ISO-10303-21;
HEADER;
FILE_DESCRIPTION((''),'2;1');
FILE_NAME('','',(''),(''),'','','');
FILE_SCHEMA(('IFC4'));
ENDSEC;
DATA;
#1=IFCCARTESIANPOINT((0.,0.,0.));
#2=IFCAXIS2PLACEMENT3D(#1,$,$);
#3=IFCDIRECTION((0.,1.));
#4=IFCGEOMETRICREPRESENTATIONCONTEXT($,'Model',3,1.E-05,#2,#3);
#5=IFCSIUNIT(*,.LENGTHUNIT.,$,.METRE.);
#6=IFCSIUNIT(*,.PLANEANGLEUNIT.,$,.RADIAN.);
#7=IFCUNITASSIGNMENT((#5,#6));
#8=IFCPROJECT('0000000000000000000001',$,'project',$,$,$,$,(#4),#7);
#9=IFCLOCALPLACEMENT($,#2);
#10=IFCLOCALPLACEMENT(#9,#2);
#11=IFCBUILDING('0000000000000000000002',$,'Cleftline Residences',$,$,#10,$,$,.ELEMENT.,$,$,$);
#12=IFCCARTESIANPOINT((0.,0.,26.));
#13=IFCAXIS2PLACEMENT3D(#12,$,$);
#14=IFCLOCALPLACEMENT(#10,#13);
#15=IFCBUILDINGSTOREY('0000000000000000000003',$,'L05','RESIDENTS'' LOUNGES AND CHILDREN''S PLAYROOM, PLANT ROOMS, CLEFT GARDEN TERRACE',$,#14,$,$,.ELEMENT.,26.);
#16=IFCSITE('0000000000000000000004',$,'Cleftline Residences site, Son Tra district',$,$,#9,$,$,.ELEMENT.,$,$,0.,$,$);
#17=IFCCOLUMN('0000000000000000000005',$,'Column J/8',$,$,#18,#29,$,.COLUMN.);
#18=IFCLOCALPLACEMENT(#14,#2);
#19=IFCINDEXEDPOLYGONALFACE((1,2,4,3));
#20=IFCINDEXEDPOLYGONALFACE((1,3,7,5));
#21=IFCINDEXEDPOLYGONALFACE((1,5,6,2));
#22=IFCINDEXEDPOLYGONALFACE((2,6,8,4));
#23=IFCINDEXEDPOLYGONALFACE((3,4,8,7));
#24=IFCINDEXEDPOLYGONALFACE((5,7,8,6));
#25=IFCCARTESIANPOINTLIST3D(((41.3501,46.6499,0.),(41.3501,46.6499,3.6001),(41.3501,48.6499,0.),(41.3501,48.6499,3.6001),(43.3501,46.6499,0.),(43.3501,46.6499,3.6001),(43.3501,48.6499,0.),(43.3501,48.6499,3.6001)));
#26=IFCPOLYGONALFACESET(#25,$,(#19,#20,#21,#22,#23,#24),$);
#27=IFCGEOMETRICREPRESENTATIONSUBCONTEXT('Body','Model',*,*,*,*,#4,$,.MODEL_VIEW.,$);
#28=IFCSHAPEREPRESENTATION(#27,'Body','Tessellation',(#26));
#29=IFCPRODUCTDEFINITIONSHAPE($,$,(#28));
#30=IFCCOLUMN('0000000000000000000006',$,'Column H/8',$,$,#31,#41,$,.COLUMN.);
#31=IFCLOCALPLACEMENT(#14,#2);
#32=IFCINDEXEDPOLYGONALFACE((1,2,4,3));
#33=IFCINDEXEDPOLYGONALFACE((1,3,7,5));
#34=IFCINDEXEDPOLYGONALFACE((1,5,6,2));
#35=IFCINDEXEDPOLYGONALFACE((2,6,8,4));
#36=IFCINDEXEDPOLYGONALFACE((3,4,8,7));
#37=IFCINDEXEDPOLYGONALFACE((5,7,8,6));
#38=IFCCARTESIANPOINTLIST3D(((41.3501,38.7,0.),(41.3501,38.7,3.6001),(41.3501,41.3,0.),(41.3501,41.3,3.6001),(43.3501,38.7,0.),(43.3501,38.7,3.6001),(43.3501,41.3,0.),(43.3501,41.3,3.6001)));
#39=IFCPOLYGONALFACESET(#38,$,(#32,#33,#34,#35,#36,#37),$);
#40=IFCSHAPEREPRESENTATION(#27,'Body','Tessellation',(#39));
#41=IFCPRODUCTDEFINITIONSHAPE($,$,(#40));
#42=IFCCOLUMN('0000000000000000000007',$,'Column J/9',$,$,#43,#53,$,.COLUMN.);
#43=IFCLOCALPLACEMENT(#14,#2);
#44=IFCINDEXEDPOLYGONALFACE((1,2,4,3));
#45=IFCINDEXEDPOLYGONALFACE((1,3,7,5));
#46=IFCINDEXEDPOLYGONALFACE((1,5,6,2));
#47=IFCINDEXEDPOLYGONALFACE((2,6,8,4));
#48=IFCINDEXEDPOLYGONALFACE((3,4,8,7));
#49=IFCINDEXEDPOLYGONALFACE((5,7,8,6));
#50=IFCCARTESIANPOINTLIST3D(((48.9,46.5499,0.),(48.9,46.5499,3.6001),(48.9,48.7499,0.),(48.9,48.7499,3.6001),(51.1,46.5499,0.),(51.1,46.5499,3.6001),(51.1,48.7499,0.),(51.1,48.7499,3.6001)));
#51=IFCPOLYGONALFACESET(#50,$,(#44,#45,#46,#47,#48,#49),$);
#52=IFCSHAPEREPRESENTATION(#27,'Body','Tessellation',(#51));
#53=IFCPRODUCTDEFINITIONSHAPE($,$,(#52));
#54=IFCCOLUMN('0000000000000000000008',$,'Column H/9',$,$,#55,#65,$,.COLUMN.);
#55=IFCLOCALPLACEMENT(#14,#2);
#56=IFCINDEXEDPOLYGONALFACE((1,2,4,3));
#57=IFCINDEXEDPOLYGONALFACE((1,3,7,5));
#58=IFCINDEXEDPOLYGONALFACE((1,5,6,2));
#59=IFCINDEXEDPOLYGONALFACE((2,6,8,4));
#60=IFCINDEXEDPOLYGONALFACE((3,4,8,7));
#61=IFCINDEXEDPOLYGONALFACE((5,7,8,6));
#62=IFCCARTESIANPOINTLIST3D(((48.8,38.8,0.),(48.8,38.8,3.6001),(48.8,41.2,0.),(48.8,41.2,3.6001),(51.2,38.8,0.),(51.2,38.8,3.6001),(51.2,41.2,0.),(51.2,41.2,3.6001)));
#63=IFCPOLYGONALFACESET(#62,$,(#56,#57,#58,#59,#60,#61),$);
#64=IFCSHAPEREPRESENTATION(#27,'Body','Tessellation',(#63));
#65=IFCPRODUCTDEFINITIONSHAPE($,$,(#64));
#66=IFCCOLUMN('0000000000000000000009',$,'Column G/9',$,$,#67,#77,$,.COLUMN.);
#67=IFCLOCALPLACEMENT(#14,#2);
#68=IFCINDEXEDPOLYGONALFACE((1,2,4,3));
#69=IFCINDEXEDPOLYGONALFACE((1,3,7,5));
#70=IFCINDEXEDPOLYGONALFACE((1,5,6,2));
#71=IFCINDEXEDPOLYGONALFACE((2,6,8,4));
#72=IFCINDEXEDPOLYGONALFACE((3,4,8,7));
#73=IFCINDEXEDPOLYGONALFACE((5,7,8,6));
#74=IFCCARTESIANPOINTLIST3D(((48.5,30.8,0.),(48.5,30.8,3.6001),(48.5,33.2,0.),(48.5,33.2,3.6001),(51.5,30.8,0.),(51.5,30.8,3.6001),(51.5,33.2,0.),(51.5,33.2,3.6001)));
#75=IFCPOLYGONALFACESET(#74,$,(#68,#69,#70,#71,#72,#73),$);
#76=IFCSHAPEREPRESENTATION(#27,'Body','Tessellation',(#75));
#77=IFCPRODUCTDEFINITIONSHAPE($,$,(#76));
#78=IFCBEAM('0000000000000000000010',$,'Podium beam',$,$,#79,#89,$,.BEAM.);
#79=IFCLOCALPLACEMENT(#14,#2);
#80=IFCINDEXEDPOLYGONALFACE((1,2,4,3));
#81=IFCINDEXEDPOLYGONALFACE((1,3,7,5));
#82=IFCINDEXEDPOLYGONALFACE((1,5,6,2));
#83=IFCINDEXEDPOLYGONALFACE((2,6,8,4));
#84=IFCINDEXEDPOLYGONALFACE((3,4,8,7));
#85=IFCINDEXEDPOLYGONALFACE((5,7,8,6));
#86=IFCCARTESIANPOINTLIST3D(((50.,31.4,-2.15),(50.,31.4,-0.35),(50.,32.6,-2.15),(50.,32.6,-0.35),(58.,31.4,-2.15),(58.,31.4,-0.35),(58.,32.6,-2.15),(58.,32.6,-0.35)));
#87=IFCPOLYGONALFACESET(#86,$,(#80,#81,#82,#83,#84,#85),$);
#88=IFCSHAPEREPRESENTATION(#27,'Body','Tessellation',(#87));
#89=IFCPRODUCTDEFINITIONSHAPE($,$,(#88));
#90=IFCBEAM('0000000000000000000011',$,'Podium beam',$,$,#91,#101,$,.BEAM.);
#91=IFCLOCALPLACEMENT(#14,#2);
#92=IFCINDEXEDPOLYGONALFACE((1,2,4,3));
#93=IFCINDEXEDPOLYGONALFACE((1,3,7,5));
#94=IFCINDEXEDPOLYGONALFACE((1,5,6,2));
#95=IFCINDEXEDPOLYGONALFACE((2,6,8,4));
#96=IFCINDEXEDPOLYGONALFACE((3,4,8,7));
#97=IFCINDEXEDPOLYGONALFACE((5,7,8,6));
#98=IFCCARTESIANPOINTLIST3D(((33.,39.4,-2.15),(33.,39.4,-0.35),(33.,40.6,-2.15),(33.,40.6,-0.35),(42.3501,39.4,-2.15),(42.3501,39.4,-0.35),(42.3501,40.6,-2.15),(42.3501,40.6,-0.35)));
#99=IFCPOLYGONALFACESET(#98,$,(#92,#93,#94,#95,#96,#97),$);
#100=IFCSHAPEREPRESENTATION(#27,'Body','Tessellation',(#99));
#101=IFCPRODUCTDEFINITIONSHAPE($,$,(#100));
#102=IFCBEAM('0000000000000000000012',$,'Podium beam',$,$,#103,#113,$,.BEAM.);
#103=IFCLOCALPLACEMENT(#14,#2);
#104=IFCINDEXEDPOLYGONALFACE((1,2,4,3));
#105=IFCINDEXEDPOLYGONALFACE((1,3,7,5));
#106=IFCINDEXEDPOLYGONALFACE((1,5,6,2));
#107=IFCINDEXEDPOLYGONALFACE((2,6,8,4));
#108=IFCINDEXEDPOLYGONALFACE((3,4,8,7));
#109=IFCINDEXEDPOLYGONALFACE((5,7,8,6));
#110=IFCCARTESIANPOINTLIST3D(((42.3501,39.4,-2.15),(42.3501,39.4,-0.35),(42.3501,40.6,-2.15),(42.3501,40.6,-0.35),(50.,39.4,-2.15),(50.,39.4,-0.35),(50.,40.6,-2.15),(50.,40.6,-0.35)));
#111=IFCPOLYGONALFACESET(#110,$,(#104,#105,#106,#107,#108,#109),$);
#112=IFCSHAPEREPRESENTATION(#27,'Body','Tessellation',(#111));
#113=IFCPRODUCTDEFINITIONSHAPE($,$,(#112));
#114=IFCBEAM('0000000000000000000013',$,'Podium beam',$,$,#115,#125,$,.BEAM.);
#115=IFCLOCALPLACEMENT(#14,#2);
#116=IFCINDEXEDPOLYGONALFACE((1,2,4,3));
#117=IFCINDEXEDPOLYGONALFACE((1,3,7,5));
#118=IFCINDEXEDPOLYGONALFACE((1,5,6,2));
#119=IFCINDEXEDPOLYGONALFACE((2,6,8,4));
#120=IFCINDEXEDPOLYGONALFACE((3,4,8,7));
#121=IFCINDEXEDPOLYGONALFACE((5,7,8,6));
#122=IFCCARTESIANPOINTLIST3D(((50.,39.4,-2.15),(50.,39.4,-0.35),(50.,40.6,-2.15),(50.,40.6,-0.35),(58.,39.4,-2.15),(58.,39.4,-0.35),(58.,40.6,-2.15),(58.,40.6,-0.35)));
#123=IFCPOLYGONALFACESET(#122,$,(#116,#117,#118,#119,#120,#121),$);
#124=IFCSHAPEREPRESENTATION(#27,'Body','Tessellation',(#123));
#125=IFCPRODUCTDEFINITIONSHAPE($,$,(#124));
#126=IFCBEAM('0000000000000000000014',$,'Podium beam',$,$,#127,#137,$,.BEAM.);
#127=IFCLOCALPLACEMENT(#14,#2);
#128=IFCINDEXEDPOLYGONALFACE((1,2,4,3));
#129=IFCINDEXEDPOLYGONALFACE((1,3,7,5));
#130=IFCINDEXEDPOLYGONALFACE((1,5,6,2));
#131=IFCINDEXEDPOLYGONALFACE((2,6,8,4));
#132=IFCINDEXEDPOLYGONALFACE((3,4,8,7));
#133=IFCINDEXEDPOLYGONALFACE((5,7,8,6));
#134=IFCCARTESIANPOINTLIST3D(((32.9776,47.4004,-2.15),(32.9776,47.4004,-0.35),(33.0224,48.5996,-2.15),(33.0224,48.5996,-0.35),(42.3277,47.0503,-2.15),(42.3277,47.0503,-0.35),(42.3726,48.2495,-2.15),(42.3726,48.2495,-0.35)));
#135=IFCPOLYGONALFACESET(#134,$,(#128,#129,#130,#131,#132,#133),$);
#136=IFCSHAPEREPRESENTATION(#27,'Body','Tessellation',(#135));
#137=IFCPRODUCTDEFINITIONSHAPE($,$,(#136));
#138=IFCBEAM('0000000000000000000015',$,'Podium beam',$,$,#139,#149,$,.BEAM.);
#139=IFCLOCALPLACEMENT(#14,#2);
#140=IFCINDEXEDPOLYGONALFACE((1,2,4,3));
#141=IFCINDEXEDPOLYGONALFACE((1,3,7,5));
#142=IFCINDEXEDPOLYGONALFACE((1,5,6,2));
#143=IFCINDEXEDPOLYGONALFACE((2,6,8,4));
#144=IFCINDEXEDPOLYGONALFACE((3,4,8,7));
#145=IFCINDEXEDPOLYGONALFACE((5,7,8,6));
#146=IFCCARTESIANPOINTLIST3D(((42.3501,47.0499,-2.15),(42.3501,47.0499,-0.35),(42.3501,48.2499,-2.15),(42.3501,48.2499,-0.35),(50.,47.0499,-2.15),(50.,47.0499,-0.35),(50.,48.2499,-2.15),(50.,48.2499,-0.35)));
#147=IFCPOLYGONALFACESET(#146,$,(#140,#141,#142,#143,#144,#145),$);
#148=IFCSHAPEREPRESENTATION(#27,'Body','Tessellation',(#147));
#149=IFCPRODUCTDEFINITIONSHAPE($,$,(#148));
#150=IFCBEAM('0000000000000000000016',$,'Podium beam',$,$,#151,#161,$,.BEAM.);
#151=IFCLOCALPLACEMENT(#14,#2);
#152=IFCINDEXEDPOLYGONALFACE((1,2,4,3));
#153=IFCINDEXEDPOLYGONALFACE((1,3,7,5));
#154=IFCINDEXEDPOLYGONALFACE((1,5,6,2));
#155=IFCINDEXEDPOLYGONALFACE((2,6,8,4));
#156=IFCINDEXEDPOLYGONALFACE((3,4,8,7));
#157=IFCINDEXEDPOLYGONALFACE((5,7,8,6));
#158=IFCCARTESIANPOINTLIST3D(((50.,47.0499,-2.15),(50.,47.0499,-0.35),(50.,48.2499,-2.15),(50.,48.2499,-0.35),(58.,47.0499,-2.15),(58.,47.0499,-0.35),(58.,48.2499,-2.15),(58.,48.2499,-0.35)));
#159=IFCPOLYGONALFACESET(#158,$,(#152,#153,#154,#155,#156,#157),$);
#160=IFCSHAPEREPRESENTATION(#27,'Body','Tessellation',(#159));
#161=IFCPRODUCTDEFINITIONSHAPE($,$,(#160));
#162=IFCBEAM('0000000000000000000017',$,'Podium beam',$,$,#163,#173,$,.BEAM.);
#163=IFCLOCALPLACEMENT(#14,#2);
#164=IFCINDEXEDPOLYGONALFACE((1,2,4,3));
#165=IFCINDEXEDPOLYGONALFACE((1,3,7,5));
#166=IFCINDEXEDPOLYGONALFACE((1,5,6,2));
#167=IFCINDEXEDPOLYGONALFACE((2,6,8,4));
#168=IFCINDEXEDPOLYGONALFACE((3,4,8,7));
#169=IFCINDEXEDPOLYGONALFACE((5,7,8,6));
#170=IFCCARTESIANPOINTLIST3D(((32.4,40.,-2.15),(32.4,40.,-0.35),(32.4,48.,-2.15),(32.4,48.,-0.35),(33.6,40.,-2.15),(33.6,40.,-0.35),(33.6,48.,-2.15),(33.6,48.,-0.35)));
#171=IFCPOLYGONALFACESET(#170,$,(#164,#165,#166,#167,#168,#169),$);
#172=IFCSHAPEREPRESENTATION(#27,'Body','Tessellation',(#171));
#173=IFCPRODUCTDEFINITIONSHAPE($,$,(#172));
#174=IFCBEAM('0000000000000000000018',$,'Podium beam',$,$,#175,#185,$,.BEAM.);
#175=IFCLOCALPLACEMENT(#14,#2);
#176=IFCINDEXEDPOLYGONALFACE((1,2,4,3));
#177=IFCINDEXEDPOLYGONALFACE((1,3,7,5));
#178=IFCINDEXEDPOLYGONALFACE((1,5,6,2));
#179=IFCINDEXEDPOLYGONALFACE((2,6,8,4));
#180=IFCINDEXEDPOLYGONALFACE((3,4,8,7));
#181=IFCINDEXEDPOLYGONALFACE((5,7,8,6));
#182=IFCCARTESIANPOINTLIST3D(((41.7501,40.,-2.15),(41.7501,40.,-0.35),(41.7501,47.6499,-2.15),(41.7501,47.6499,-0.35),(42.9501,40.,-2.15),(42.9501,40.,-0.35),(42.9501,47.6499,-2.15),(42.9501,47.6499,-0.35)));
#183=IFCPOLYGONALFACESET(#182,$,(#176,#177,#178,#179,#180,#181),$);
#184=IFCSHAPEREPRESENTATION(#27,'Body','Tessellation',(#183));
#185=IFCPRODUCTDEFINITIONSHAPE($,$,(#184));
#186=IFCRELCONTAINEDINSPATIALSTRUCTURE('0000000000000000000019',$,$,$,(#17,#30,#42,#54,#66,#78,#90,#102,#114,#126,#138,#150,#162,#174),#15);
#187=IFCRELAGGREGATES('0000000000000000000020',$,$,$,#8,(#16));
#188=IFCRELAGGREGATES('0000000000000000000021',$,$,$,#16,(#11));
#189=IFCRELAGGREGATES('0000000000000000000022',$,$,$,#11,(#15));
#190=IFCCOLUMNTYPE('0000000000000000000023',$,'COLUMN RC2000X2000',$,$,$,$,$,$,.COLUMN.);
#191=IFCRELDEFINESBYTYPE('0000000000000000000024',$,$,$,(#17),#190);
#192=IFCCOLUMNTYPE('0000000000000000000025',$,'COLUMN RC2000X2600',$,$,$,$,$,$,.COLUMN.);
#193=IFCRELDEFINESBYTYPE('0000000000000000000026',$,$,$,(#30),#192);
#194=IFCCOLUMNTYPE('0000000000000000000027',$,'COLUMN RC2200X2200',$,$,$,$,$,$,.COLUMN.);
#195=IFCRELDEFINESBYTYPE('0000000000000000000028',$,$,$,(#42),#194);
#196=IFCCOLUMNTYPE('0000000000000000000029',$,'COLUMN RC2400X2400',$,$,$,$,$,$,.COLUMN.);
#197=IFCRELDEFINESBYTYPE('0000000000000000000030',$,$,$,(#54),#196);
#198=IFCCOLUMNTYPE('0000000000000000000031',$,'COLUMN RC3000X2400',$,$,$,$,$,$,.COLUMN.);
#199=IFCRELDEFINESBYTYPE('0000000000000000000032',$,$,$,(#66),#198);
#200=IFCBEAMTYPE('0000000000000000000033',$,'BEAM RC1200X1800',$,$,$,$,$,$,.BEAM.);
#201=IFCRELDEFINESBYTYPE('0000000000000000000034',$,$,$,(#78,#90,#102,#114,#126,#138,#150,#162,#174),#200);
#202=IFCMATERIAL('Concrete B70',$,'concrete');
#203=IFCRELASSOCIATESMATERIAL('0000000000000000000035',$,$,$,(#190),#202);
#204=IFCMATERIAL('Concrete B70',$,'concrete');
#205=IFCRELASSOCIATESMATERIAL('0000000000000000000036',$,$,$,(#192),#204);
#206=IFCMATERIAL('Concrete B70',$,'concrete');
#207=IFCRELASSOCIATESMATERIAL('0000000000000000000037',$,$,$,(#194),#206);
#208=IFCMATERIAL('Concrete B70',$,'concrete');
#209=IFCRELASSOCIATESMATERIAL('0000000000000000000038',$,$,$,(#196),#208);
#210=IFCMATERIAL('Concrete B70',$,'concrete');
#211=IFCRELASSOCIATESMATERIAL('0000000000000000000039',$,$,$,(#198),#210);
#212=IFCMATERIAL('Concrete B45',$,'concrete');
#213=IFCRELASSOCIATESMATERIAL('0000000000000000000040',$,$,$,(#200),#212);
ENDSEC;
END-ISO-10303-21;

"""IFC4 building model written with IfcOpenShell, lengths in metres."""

from ifc_helpers import new_model, si_unit, direction, frame, origin, origin_2d, place, context, subcontext, project, spatial, rectangle, extrude, material, material_profile, profile_set, type_object, element, save


model = new_model("IFC4")

# Units and contexts
model_context = context("Model", 3, precision=1e-05, world=origin(), true_north=direction((0.0, 1.0)))
body_context = subcontext(model_context, "Body", "Model", "MODEL_VIEW")
ifc_project = project(units=[si_unit("LENGTHUNIT", "METRE"), si_unit("PLANEANGLEUNIT", "RADIAN")], contexts=[model_context])

# Site, building, storey
site_placement = place(None, origin())
site = spatial("IfcSite", under=ifc_project, at=site_placement, Name="Cleftline Residences site, Son Tra district", CompositionType="ELEMENT", RefElevation=0.0)
building_placement = place(site_placement, origin())
building = spatial("IfcBuilding", under=site, at=building_placement, Name="Cleftline Residences", CompositionType="ELEMENT")
storey_placement = place(building_placement, frame((0.0, 0.0, 26.0)))
storey = spatial("IfcBuildingStorey", under=building, at=storey_placement, Name="L05", Description="RESIDENTS' LOUNGES AND CHILDREN'S PLAYROOM, PLANT ROOMS, CLEFT GARDEN TERRACE", CompositionType="ELEMENT", Elevation=26.0)

# Columns
ifc_material_1 = material(Name="Concrete B70", Category="concrete")
ifc_material_profile_1 = material_profile(ifc_material_1, rectangle(XDim=2.0, YDim=2.0, at=origin_2d()))
ifc_profile_set_1 = profile_set([ifc_material_profile_1], Name="Concrete B70")
column_type_1 = type_object("IfcColumnType", Name="COLUMN RC2000X2000", PredefinedType="COLUMN", material=ifc_profile_set_1)
column_1_placement = place(storey_placement, frame((42.3501, 47.6499, 0.0), z_axis=(0.0, 0.0, 1.0), x_axis=(1.0, 0.0, 0.0)))
element("IfcColumn", 1, at=column_1_placement, inside=storey, type_object=column_type_1, Name="Column J/8", PredefinedType="COLUMN", context=body_context, shape_type="SweptSolid", body=[
    extrude(rectangle(XDim=2.0, YDim=2.0, at=origin_2d()), origin(), (0.0, 0.0, 1.0), 3.6001),
])
ifc_material_2 = material(Name="Concrete B70", Category="concrete")
ifc_material_profile_2 = material_profile(ifc_material_2, rectangle(XDim=2.0, YDim=2.6001, at=origin_2d()))
ifc_profile_set_2 = profile_set([ifc_material_profile_2], Name="Concrete B70")
column_type_2 = type_object("IfcColumnType", Name="COLUMN RC2000X2600", PredefinedType="COLUMN", material=ifc_profile_set_2)
column_2_placement = place(storey_placement, frame((42.3501, 40.0, 0.0), z_axis=(0.0, 0.0, 1.0), x_axis=(1.0, 0.0, 0.0)))
element("IfcColumn", 2, at=column_2_placement, inside=storey, type_object=column_type_2, Name="Column H/8", PredefinedType="COLUMN", context=body_context, shape_type="SweptSolid", body=[
    extrude(rectangle(XDim=2.0, YDim=2.6001, at=origin_2d()), origin(), (0.0, 0.0, 1.0), 3.6001),
])
ifc_material_3 = material(Name="Concrete B70", Category="concrete")
ifc_material_profile_3 = material_profile(ifc_material_3, rectangle(XDim=2.2, YDim=2.2, at=origin_2d()))
ifc_profile_set_3 = profile_set([ifc_material_profile_3], Name="Concrete B70")
column_type_3 = type_object("IfcColumnType", Name="COLUMN RC2200X2200", PredefinedType="COLUMN", material=ifc_profile_set_3)
column_3_placement = place(storey_placement, frame((50.0, 47.6499, 0.0), z_axis=(0.0, 0.0, 1.0), x_axis=(1.0, 0.0, 0.0)))
element("IfcColumn", 3, at=column_3_placement, inside=storey, type_object=column_type_3, Name="Column J/9", PredefinedType="COLUMN", context=body_context, shape_type="SweptSolid", body=[
    extrude(rectangle(XDim=2.2, YDim=2.2, at=origin_2d()), origin(), (0.0, 0.0, 1.0), 3.6001),
])
ifc_material_4 = material(Name="Concrete B70", Category="concrete")
ifc_material_profile_4 = material_profile(ifc_material_4, rectangle(XDim=2.3999, YDim=2.3999, at=origin_2d()))
ifc_profile_set_4 = profile_set([ifc_material_profile_4], Name="Concrete B70")
column_type_4 = type_object("IfcColumnType", Name="COLUMN RC2400X2400", PredefinedType="COLUMN", material=ifc_profile_set_4)
column_4_placement = place(storey_placement, frame((50.0, 40.0, 0.0), z_axis=(0.0, 0.0, 1.0), x_axis=(1.0, 0.0, 0.0)))
element("IfcColumn", 4, at=column_4_placement, inside=storey, type_object=column_type_4, Name="Column H/9", PredefinedType="COLUMN", context=body_context, shape_type="SweptSolid", body=[
    extrude(rectangle(XDim=2.3999, YDim=2.3999, at=origin_2d()), origin(), (0.0, 0.0, 1.0), 3.6001),
])
ifc_material_5 = material(Name="Concrete B70", Category="concrete")
ifc_material_profile_5 = material_profile(ifc_material_5, rectangle(XDim=3.0, YDim=2.3999, at=origin_2d()))
ifc_profile_set_5 = profile_set([ifc_material_profile_5], Name="Concrete B70")
column_type_5 = type_object("IfcColumnType", Name="COLUMN RC3000X2400", PredefinedType="COLUMN", material=ifc_profile_set_5)
column_5_placement = place(storey_placement, frame((50.0, 32.0, 0.0), z_axis=(0.0, 0.0, 1.0), x_axis=(1.0, 0.0, 0.0)))
element("IfcColumn", 5, at=column_5_placement, inside=storey, type_object=column_type_5, Name="Column G/9", PredefinedType="COLUMN", context=body_context, shape_type="SweptSolid", body=[
    extrude(rectangle(XDim=3.0, YDim=2.3999, at=origin_2d()), origin(), (0.0, 0.0, 1.0), 3.6001),
])

# Beams
ifc_material_6 = material(Name="Concrete B45", Category="concrete")
ifc_material_profile_6 = material_profile(ifc_material_6, rectangle(XDim=1.2, YDim=1.8, at=origin_2d()))
ifc_profile_set_6 = profile_set([ifc_material_profile_6], Name="Concrete B45")
beam_type = type_object("IfcBeamType", Name="BEAM RC1200X1800", PredefinedType="BEAM", material=ifc_profile_set_6)
beam_1_placement = place(storey_placement, frame((50.0, 32.0, -1.25), z_axis=(1.0, 0.0, 0.0), x_axis=(0.0, 1.0, 0.0)))
element("IfcBeam", 6, at=beam_1_placement, inside=storey, type_object=beam_type, Name="Podium beam", PredefinedType="BEAM", context=body_context, shape_type="SweptSolid", body=[
    extrude(rectangle(XDim=1.2, YDim=1.8, at=origin_2d()), origin(), (0.0, 0.0, 1.0), 8.0),
])
beam_2_placement = place(storey_placement, frame((33.0, 40.0, -1.25), z_axis=(1.0, 0.0, 0.0), x_axis=(0.0, 1.0, 0.0)))
element("IfcBeam", 7, at=beam_2_placement, inside=storey, type_object=beam_type, Name="Podium beam", PredefinedType="BEAM", context=body_context, shape_type="SweptSolid", body=[
    extrude(rectangle(XDim=1.2, YDim=1.8, at=origin_2d()), origin(), (0.0, 0.0, 1.0), 9.3501),
])
beam_3_placement = place(storey_placement, frame((42.3501, 40.0, -1.25), z_axis=(1.0, 0.0, 0.0), x_axis=(0.0, 1.0, 0.0)))
element("IfcBeam", 8, at=beam_3_placement, inside=storey, type_object=beam_type, Name="Podium beam", PredefinedType="BEAM", context=body_context, shape_type="SweptSolid", body=[
    extrude(rectangle(XDim=1.2, YDim=1.8, at=origin_2d()), origin(), (0.0, 0.0, 1.0), 7.6499),
])
beam_4_placement = place(storey_placement, frame((50.0, 40.0, -1.25), z_axis=(1.0, 0.0, 0.0), x_axis=(0.0, 1.0, 0.0)))
element("IfcBeam", 9, at=beam_4_placement, inside=storey, type_object=beam_type, Name="Podium beam", PredefinedType="BEAM", context=body_context, shape_type="SweptSolid", body=[
    extrude(rectangle(XDim=1.2, YDim=1.8, at=origin_2d()), origin(), (0.0, 0.0, 1.0), 8.0),
])
beam_5_placement = place(storey_placement, frame((33.0, 48.0, -1.25), z_axis=(0.9993, -0.037417, 0.0), x_axis=(0.037417, 0.9993, 0.0)))
element("IfcBeam", 10, at=beam_5_placement, inside=storey, type_object=beam_type, Name="Podium beam", PredefinedType="BEAM", context=body_context, shape_type="SweptSolid", body=[
    extrude(rectangle(XDim=1.2, YDim=1.8, at=origin_2d()), origin(), (0.0, 0.0, 1.0), 9.3567),
])
beam_6_placement = place(storey_placement, frame((42.3501, 47.6499, -1.25), z_axis=(1.0, 0.0, 0.0), x_axis=(0.0, 1.0, 0.0)))
element("IfcBeam", 11, at=beam_6_placement, inside=storey, type_object=beam_type, Name="Podium beam", PredefinedType="BEAM", context=body_context, shape_type="SweptSolid", body=[
    extrude(rectangle(XDim=1.2, YDim=1.8, at=origin_2d()), origin(), (0.0, 0.0, 1.0), 7.6499),
])
for number, where, z_axis, x_axis, name in (
    (12, (50.0, 47.6499, -1.25), (1.0, 0.0, 0.0), (0.0, 1.0, 0.0), "Podium beam"),
    (13, (33.0, 40.0, -1.25), (0.0, 1.0, 0.0), (-1.0, 0.0, 0.0), "Podium beam"),
):
    element("IfcBeam", number, at=place(storey_placement, frame(where, z_axis=z_axis, x_axis=x_axis)), inside=storey, type_object=beam_type, Name=name, PredefinedType="BEAM", context=body_context, shape_type="SweptSolid", body=[
        extrude(rectangle(XDim=1.2, YDim=1.8, at=origin_2d()), origin(), (0.0, 0.0, 1.0), 8.0),
    ])
beam_7_placement = place(storey_placement, frame((42.3501, 40.0, -1.25), z_axis=(0.0, 1.0, 0.0), x_axis=(-1.0, 0.0, 0.0)))
element("IfcBeam", 14, at=beam_7_placement, inside=storey, type_object=beam_type, Name="Podium beam", PredefinedType="BEAM", context=body_context, shape_type="SweptSolid", body=[
    extrude(rectangle(XDim=1.2, YDim=1.8, at=origin_2d()), origin(), (0.0, 0.0, 1.0), 7.6499),
])

save(model, "model.ifc")
